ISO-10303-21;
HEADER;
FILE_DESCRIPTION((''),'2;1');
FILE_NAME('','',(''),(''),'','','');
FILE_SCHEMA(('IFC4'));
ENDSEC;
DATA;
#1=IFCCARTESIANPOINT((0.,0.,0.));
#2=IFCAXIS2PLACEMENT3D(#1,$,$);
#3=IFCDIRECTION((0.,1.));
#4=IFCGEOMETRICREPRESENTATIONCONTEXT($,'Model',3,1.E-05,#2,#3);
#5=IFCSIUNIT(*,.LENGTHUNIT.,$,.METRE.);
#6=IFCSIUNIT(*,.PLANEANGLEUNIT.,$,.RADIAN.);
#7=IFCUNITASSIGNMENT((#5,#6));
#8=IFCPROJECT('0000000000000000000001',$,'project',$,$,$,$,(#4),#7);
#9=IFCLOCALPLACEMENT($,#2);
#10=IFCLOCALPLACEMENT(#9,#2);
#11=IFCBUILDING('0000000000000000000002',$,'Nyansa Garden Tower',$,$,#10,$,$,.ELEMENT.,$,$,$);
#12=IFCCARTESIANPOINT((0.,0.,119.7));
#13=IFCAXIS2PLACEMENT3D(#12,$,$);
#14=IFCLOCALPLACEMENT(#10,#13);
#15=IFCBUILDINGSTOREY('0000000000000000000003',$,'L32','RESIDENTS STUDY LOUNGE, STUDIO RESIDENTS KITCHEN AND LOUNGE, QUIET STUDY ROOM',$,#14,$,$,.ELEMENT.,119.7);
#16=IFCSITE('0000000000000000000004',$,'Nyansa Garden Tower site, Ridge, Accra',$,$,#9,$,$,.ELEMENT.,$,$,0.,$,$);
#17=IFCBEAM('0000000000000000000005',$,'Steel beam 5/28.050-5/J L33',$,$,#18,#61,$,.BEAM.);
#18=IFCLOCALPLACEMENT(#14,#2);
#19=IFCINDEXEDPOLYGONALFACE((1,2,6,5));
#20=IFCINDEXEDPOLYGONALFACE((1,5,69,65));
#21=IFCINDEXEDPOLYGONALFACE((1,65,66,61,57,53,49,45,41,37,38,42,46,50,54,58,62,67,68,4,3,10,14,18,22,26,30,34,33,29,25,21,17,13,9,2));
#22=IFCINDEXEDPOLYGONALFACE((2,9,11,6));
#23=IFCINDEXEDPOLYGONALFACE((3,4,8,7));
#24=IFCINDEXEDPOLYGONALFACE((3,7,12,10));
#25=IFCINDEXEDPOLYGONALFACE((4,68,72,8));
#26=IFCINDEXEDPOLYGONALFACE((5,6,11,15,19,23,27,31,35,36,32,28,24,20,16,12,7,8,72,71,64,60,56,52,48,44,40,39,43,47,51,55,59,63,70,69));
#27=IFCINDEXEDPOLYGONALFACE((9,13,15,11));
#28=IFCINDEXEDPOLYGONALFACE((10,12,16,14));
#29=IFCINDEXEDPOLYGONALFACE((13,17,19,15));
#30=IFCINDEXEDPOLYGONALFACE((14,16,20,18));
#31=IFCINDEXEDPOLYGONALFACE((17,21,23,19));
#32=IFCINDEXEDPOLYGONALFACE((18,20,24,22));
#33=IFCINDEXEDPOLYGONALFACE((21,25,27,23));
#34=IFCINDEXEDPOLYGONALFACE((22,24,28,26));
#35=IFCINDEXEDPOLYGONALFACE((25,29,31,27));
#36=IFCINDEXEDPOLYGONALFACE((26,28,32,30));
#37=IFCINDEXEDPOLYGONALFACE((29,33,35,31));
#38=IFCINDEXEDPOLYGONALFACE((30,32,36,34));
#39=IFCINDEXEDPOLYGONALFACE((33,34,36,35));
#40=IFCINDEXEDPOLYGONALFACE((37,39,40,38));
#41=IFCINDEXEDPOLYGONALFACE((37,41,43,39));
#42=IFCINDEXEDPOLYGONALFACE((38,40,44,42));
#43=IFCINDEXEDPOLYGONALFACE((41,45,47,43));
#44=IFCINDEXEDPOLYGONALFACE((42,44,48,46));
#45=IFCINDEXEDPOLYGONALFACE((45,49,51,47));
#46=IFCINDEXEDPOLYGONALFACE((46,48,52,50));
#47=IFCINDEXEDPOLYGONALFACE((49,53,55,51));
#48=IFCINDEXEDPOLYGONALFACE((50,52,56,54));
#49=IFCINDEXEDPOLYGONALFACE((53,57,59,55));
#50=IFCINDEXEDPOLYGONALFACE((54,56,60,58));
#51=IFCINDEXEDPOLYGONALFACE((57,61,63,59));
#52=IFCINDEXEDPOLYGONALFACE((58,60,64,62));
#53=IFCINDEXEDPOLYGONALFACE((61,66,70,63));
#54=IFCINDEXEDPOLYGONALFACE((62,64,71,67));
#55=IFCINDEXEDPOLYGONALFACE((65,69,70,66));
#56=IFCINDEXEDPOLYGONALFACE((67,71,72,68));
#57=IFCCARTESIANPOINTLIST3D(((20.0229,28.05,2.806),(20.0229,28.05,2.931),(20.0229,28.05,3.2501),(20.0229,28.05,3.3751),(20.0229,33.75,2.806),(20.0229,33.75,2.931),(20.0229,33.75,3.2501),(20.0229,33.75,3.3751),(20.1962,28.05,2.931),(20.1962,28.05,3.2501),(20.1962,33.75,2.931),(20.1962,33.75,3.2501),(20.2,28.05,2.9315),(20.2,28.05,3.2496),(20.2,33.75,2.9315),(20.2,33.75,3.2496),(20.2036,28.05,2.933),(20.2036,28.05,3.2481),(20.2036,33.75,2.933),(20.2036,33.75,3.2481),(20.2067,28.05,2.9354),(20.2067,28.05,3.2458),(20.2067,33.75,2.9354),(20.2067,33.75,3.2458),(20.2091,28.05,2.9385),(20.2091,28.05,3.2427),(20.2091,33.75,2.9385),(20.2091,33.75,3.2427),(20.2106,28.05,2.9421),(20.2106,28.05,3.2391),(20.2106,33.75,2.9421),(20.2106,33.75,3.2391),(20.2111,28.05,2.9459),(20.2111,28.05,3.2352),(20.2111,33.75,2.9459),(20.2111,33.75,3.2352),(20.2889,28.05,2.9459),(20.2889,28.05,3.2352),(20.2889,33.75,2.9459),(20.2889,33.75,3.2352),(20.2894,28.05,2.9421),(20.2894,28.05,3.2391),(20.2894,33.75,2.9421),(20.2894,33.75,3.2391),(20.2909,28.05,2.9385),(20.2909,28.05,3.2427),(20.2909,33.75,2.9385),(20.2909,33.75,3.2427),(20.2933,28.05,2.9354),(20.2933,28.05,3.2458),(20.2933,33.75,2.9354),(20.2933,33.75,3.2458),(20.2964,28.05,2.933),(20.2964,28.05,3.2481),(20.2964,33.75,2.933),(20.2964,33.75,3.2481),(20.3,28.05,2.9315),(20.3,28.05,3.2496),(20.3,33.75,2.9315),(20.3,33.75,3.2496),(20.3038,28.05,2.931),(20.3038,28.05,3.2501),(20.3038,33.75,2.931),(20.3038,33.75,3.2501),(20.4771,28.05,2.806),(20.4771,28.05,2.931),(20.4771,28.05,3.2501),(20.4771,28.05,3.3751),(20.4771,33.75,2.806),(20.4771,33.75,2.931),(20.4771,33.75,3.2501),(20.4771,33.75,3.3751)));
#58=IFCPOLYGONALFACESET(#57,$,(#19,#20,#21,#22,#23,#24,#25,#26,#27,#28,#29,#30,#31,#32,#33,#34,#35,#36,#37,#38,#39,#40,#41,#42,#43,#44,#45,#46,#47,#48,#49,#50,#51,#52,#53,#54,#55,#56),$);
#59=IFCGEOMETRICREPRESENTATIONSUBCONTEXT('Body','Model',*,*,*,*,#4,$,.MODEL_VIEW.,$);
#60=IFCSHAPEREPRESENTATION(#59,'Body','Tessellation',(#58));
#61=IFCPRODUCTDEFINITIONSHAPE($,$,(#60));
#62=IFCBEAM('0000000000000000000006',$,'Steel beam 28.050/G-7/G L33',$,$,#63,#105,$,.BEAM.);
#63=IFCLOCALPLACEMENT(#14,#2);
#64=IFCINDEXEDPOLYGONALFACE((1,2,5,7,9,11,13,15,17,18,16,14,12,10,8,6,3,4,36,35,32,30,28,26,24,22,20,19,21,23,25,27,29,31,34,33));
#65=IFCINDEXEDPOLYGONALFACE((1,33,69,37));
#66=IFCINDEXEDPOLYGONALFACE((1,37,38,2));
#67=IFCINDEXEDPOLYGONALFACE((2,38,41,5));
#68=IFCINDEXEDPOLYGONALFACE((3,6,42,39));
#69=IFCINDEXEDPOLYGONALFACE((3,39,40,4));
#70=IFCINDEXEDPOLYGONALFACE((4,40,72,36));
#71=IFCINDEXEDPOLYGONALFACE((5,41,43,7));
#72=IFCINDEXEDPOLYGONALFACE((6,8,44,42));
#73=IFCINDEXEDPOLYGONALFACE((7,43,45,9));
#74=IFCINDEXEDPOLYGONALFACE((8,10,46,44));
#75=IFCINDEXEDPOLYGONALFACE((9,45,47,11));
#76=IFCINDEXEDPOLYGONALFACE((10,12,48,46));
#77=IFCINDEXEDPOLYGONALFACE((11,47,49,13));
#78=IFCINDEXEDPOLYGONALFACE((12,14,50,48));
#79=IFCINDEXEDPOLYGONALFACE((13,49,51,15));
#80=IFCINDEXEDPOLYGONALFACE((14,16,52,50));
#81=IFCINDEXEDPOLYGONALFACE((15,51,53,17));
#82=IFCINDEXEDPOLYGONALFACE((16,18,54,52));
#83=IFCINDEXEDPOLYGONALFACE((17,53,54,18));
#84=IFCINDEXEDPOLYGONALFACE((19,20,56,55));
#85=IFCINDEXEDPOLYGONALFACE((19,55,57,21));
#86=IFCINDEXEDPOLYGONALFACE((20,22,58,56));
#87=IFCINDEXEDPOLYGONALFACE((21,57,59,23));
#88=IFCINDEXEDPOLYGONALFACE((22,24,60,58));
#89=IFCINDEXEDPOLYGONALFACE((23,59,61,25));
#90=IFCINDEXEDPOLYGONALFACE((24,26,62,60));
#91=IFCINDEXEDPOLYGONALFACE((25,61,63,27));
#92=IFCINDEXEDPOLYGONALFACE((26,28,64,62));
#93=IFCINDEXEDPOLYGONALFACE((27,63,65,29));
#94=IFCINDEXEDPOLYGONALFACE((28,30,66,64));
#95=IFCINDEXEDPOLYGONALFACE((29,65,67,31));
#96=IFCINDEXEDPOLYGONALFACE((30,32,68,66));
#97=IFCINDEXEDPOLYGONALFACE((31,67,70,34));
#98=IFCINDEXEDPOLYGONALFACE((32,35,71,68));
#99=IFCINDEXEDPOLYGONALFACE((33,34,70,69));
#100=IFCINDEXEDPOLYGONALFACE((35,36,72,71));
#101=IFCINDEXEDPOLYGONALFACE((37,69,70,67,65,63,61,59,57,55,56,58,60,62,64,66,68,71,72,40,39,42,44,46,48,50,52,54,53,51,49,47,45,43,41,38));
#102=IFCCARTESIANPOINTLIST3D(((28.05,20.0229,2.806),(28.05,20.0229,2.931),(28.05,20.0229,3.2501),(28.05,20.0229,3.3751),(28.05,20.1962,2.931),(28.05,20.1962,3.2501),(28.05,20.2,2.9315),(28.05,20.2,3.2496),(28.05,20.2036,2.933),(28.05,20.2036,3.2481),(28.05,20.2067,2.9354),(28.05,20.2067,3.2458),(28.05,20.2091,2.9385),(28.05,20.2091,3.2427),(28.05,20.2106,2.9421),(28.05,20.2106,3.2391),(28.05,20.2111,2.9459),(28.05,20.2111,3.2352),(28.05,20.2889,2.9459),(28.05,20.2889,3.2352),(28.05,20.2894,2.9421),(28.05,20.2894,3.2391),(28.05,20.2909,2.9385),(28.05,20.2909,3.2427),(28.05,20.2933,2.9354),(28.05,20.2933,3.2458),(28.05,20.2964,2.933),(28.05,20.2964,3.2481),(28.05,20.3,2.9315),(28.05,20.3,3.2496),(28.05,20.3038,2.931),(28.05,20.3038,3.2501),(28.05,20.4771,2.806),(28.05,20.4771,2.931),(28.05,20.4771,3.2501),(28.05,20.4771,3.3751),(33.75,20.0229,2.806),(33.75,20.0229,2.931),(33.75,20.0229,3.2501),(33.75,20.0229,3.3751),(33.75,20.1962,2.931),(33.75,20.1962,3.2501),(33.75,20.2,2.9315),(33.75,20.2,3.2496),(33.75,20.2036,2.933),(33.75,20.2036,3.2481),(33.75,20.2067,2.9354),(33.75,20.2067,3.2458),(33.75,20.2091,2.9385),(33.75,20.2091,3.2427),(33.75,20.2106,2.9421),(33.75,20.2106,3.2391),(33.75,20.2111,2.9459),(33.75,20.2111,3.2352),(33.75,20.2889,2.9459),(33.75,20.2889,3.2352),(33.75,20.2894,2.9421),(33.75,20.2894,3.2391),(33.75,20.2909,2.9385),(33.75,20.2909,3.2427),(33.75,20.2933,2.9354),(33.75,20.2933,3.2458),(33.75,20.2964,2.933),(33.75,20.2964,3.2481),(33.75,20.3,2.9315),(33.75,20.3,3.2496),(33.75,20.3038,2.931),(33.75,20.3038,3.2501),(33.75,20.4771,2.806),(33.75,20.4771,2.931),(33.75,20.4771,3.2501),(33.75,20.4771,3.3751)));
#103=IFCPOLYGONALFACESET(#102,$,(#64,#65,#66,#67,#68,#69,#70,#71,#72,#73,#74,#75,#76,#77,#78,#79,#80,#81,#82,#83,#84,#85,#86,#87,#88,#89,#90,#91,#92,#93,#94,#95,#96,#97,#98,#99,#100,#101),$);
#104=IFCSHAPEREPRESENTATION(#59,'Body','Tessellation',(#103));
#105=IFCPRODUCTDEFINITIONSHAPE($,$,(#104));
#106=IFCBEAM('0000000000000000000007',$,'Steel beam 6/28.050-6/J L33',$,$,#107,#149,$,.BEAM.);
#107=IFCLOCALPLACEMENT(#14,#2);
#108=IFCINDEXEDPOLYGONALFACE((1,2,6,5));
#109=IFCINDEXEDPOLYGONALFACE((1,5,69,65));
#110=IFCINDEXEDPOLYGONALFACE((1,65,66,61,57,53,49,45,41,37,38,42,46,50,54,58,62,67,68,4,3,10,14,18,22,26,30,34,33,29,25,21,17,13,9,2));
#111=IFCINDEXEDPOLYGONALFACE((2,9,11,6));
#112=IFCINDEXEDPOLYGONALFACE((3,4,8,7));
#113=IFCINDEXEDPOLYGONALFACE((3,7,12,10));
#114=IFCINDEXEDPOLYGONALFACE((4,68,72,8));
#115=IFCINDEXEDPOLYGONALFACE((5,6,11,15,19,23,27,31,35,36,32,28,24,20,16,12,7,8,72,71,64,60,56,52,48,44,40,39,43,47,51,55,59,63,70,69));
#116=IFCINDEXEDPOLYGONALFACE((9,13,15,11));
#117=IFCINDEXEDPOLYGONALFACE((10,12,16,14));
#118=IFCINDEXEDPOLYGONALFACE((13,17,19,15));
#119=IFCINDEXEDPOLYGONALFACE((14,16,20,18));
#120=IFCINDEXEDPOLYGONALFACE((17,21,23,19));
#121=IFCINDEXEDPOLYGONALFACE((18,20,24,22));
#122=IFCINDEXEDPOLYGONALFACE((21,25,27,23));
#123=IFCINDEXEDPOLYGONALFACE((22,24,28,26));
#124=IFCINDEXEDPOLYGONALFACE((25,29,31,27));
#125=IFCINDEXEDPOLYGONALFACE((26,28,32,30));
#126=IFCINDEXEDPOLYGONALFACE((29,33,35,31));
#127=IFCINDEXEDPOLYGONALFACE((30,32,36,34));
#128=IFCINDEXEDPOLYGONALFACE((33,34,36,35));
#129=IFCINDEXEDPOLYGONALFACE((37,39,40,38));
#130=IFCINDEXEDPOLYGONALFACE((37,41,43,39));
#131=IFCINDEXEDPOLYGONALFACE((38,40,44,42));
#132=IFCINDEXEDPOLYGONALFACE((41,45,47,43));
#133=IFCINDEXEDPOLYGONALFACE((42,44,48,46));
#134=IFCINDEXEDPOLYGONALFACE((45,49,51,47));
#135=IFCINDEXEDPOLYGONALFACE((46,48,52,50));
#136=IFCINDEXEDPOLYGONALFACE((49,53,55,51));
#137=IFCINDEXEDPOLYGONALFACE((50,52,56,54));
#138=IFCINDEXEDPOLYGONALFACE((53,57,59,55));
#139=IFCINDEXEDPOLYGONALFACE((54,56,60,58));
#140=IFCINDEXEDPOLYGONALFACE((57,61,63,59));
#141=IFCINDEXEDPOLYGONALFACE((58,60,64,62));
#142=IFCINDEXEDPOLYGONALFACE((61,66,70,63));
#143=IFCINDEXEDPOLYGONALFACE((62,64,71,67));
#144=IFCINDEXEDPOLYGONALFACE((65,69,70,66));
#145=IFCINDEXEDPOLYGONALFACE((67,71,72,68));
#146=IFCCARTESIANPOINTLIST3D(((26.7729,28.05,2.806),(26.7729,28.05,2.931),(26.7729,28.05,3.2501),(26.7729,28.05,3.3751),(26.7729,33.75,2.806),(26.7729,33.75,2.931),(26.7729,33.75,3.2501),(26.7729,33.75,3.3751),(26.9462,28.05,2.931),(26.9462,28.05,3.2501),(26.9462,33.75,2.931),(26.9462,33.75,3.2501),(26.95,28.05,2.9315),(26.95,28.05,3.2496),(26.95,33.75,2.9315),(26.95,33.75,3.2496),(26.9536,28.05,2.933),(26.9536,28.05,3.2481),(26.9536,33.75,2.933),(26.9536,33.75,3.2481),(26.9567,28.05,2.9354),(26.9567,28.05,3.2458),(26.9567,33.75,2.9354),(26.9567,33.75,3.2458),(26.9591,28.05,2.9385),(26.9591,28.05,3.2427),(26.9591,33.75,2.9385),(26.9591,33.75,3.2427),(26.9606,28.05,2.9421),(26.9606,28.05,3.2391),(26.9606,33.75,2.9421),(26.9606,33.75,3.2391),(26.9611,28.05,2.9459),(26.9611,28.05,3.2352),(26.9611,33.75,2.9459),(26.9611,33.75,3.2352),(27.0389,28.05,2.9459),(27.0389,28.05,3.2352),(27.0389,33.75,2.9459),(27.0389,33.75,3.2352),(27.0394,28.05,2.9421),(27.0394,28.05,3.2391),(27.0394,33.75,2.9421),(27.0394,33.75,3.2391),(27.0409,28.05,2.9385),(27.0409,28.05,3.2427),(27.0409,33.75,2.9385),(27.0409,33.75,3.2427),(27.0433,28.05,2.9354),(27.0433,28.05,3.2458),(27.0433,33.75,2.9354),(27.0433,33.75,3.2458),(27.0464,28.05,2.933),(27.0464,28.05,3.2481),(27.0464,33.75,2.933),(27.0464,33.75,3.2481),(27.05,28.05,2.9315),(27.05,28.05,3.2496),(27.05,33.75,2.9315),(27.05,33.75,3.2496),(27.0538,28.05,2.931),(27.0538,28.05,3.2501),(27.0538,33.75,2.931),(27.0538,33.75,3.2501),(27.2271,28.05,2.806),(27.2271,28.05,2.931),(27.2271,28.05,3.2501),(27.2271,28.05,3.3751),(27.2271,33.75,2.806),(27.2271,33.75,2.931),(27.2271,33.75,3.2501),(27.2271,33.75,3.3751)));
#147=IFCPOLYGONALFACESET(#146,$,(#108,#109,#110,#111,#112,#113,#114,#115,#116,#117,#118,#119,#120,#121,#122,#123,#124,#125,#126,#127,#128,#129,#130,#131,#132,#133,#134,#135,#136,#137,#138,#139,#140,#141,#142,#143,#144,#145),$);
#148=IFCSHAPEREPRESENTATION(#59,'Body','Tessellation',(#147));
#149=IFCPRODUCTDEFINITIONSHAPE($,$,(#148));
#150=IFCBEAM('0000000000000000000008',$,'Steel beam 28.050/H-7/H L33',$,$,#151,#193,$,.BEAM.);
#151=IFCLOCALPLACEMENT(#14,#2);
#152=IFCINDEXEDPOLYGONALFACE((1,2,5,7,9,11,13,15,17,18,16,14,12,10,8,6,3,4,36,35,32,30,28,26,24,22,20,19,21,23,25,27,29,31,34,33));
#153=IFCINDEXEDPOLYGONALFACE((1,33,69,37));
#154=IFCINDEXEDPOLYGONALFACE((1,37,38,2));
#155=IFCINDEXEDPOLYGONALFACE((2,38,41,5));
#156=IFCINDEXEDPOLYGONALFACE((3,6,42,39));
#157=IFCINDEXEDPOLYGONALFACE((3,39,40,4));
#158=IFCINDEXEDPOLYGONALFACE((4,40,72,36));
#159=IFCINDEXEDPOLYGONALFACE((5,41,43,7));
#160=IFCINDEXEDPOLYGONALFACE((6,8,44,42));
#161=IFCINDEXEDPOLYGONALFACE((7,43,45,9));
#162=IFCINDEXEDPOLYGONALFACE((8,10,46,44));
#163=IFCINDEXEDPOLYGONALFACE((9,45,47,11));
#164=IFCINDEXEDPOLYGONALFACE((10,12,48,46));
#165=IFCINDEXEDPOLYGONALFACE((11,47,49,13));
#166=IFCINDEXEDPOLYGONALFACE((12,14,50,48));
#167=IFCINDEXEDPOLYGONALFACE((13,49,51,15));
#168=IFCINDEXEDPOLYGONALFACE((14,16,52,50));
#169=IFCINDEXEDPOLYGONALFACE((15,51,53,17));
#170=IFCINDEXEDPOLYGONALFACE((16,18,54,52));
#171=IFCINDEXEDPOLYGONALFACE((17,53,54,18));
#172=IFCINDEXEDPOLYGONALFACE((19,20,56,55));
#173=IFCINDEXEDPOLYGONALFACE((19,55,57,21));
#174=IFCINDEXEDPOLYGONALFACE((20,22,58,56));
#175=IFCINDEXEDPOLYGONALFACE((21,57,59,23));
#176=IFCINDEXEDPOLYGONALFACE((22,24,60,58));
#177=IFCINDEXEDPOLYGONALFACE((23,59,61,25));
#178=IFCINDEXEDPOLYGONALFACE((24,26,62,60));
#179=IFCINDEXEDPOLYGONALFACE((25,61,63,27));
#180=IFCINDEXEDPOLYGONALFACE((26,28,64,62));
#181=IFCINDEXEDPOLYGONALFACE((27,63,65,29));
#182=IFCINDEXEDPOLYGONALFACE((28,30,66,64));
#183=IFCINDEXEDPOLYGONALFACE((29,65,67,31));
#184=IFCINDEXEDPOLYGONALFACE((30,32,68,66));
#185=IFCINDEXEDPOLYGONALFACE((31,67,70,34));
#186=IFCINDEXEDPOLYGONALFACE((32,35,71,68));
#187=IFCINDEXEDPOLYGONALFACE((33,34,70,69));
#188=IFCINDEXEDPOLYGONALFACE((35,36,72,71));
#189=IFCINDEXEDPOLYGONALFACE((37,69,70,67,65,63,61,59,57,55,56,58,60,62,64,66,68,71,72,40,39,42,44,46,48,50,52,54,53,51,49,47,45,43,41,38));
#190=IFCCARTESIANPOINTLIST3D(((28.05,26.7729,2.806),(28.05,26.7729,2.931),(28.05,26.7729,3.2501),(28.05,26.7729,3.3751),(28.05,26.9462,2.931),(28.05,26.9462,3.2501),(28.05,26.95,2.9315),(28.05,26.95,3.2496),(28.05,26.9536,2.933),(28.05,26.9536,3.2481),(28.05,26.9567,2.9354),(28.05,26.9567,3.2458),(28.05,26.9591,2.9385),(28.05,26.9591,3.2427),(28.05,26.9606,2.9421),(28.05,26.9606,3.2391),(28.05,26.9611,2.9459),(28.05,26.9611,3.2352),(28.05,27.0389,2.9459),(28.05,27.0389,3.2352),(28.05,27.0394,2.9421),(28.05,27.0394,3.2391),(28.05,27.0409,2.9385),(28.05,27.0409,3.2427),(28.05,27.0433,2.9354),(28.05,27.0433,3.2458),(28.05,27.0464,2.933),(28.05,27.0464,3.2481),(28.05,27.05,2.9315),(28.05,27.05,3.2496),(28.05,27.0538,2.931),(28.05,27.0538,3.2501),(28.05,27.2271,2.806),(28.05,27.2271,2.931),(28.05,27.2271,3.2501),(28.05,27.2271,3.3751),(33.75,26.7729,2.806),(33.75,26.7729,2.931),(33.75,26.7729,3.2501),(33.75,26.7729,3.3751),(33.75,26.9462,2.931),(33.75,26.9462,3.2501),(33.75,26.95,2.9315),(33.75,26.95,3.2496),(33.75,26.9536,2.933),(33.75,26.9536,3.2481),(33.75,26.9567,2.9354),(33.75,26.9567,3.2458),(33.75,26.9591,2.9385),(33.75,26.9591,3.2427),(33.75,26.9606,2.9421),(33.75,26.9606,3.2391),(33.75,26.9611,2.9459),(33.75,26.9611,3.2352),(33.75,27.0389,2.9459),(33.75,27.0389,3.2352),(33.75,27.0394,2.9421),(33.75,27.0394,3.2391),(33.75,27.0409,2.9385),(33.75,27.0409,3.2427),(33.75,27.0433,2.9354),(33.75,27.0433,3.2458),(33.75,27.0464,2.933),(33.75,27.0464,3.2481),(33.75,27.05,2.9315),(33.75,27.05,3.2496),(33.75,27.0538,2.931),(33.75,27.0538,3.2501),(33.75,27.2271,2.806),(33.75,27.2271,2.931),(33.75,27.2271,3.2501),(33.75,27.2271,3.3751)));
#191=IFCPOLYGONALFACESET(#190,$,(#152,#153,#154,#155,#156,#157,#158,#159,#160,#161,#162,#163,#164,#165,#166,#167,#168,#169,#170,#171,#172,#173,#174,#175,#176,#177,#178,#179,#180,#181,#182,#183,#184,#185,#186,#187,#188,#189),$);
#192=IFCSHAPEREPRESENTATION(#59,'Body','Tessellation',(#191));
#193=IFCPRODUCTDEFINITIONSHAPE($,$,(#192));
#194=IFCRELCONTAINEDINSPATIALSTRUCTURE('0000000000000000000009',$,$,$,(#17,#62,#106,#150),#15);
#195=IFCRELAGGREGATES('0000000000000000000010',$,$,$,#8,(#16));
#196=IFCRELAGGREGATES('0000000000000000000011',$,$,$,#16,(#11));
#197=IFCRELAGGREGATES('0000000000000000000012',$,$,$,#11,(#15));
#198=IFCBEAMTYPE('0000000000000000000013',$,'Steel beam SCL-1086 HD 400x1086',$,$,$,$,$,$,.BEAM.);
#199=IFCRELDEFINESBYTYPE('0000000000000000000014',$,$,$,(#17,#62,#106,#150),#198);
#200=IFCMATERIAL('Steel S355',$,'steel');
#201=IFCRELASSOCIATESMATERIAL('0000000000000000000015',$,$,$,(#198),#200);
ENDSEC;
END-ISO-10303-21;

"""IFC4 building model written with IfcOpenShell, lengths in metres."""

from ifc_helpers import new_model, si_unit, direction, frame, origin, origin_2d, place, context, subcontext, project, spatial, i_section, extrude, material, material_profile, profile_set, type_object, element, save


model = new_model("IFC4")

# Units and contexts
model_context = context("Model", 3, precision=1e-05, world=origin(), true_north=direction((0.0, 1.0)))
body_context = subcontext(model_context, "Body", "Model", "MODEL_VIEW")
ifc_project = project(units=[si_unit("LENGTHUNIT", "METRE"), si_unit("PLANEANGLEUNIT", "RADIAN")], contexts=[model_context])

# Site, building, storey
site_placement = place(None, origin())
site = spatial("IfcSite", under=ifc_project, at=site_placement, Name="Nyansa Garden Tower site, Ridge, Accra", CompositionType="ELEMENT", RefElevation=0.0)
building_placement = place(site_placement, origin())
building = spatial("IfcBuilding", under=site, at=building_placement, Name="Nyansa Garden Tower", CompositionType="ELEMENT")
storey_placement = place(building_placement, frame((0.0, 0.0, 119.7)))
storey = spatial("IfcBuildingStorey", under=building, at=storey_placement, Name="L32", Description="RESIDENTS STUDY LOUNGE, STUDIO RESIDENTS KITCHEN AND LOUNGE, QUIET STUDY ROOM", CompositionType="ELEMENT", Elevation=119.7)

# Beams
ifc_material_1 = material(Name="Steel S355", Category="steel")
ifc_material_profile_1 = material_profile(ifc_material_1, i_section(OverallWidth=0.4541, OverallDepth=0.5691, WebThickness=0.0779, FlangeThickness=0.125, FilletRadius=0.0149, at=origin_2d()), Name="HD 400x1086")
ifc_profile_set_1 = profile_set([ifc_material_profile_1], Name="Steel S355")
beam_type_1 = type_object("IfcBeamType", Name="Steel beam SCL-1086 HD 400x1086", PredefinedType="BEAM", material=ifc_profile_set_1)
for number, where, z_axis, x_axis, name in (
    (1, (20.25, 28.05, 3.0906), (0.0, 1.0, 0.0), (-1.0, 0.0, 0.0), "Steel beam 5/28.050-5/J L33"),
    (2, (28.05, 20.25, 3.0906), (1.0, 0.0, 0.0), (0.0, 1.0, 0.0), "Steel beam 28.050/G-7/G L33"),
    (3, (27.0, 28.05, 3.0906), (0.0, 1.0, 0.0), (-1.0, 0.0, 0.0), "Steel beam 6/28.050-6/J L33"),
    (4, (28.05, 27.0, 3.0906), (1.0, 0.0, 0.0), (0.0, 1.0, 0.0), "Steel beam 28.050/H-7/H L33"),
):
    element("IfcBeam", number, at=place(storey_placement, frame(where, z_axis=z_axis, x_axis=x_axis)), inside=storey, type_object=beam_type_1, Name=name, PredefinedType="BEAM", context=body_context, shape_type="SweptSolid", body=[
        extrude(i_section(OverallWidth=0.4541, OverallDepth=0.5691, WebThickness=0.0779, FlangeThickness=0.125, FilletRadius=0.0149, at=origin_2d()), origin(), (0.0, 0.0, 1.0), 5.7),
    ])

save(model, "model.ifc")
